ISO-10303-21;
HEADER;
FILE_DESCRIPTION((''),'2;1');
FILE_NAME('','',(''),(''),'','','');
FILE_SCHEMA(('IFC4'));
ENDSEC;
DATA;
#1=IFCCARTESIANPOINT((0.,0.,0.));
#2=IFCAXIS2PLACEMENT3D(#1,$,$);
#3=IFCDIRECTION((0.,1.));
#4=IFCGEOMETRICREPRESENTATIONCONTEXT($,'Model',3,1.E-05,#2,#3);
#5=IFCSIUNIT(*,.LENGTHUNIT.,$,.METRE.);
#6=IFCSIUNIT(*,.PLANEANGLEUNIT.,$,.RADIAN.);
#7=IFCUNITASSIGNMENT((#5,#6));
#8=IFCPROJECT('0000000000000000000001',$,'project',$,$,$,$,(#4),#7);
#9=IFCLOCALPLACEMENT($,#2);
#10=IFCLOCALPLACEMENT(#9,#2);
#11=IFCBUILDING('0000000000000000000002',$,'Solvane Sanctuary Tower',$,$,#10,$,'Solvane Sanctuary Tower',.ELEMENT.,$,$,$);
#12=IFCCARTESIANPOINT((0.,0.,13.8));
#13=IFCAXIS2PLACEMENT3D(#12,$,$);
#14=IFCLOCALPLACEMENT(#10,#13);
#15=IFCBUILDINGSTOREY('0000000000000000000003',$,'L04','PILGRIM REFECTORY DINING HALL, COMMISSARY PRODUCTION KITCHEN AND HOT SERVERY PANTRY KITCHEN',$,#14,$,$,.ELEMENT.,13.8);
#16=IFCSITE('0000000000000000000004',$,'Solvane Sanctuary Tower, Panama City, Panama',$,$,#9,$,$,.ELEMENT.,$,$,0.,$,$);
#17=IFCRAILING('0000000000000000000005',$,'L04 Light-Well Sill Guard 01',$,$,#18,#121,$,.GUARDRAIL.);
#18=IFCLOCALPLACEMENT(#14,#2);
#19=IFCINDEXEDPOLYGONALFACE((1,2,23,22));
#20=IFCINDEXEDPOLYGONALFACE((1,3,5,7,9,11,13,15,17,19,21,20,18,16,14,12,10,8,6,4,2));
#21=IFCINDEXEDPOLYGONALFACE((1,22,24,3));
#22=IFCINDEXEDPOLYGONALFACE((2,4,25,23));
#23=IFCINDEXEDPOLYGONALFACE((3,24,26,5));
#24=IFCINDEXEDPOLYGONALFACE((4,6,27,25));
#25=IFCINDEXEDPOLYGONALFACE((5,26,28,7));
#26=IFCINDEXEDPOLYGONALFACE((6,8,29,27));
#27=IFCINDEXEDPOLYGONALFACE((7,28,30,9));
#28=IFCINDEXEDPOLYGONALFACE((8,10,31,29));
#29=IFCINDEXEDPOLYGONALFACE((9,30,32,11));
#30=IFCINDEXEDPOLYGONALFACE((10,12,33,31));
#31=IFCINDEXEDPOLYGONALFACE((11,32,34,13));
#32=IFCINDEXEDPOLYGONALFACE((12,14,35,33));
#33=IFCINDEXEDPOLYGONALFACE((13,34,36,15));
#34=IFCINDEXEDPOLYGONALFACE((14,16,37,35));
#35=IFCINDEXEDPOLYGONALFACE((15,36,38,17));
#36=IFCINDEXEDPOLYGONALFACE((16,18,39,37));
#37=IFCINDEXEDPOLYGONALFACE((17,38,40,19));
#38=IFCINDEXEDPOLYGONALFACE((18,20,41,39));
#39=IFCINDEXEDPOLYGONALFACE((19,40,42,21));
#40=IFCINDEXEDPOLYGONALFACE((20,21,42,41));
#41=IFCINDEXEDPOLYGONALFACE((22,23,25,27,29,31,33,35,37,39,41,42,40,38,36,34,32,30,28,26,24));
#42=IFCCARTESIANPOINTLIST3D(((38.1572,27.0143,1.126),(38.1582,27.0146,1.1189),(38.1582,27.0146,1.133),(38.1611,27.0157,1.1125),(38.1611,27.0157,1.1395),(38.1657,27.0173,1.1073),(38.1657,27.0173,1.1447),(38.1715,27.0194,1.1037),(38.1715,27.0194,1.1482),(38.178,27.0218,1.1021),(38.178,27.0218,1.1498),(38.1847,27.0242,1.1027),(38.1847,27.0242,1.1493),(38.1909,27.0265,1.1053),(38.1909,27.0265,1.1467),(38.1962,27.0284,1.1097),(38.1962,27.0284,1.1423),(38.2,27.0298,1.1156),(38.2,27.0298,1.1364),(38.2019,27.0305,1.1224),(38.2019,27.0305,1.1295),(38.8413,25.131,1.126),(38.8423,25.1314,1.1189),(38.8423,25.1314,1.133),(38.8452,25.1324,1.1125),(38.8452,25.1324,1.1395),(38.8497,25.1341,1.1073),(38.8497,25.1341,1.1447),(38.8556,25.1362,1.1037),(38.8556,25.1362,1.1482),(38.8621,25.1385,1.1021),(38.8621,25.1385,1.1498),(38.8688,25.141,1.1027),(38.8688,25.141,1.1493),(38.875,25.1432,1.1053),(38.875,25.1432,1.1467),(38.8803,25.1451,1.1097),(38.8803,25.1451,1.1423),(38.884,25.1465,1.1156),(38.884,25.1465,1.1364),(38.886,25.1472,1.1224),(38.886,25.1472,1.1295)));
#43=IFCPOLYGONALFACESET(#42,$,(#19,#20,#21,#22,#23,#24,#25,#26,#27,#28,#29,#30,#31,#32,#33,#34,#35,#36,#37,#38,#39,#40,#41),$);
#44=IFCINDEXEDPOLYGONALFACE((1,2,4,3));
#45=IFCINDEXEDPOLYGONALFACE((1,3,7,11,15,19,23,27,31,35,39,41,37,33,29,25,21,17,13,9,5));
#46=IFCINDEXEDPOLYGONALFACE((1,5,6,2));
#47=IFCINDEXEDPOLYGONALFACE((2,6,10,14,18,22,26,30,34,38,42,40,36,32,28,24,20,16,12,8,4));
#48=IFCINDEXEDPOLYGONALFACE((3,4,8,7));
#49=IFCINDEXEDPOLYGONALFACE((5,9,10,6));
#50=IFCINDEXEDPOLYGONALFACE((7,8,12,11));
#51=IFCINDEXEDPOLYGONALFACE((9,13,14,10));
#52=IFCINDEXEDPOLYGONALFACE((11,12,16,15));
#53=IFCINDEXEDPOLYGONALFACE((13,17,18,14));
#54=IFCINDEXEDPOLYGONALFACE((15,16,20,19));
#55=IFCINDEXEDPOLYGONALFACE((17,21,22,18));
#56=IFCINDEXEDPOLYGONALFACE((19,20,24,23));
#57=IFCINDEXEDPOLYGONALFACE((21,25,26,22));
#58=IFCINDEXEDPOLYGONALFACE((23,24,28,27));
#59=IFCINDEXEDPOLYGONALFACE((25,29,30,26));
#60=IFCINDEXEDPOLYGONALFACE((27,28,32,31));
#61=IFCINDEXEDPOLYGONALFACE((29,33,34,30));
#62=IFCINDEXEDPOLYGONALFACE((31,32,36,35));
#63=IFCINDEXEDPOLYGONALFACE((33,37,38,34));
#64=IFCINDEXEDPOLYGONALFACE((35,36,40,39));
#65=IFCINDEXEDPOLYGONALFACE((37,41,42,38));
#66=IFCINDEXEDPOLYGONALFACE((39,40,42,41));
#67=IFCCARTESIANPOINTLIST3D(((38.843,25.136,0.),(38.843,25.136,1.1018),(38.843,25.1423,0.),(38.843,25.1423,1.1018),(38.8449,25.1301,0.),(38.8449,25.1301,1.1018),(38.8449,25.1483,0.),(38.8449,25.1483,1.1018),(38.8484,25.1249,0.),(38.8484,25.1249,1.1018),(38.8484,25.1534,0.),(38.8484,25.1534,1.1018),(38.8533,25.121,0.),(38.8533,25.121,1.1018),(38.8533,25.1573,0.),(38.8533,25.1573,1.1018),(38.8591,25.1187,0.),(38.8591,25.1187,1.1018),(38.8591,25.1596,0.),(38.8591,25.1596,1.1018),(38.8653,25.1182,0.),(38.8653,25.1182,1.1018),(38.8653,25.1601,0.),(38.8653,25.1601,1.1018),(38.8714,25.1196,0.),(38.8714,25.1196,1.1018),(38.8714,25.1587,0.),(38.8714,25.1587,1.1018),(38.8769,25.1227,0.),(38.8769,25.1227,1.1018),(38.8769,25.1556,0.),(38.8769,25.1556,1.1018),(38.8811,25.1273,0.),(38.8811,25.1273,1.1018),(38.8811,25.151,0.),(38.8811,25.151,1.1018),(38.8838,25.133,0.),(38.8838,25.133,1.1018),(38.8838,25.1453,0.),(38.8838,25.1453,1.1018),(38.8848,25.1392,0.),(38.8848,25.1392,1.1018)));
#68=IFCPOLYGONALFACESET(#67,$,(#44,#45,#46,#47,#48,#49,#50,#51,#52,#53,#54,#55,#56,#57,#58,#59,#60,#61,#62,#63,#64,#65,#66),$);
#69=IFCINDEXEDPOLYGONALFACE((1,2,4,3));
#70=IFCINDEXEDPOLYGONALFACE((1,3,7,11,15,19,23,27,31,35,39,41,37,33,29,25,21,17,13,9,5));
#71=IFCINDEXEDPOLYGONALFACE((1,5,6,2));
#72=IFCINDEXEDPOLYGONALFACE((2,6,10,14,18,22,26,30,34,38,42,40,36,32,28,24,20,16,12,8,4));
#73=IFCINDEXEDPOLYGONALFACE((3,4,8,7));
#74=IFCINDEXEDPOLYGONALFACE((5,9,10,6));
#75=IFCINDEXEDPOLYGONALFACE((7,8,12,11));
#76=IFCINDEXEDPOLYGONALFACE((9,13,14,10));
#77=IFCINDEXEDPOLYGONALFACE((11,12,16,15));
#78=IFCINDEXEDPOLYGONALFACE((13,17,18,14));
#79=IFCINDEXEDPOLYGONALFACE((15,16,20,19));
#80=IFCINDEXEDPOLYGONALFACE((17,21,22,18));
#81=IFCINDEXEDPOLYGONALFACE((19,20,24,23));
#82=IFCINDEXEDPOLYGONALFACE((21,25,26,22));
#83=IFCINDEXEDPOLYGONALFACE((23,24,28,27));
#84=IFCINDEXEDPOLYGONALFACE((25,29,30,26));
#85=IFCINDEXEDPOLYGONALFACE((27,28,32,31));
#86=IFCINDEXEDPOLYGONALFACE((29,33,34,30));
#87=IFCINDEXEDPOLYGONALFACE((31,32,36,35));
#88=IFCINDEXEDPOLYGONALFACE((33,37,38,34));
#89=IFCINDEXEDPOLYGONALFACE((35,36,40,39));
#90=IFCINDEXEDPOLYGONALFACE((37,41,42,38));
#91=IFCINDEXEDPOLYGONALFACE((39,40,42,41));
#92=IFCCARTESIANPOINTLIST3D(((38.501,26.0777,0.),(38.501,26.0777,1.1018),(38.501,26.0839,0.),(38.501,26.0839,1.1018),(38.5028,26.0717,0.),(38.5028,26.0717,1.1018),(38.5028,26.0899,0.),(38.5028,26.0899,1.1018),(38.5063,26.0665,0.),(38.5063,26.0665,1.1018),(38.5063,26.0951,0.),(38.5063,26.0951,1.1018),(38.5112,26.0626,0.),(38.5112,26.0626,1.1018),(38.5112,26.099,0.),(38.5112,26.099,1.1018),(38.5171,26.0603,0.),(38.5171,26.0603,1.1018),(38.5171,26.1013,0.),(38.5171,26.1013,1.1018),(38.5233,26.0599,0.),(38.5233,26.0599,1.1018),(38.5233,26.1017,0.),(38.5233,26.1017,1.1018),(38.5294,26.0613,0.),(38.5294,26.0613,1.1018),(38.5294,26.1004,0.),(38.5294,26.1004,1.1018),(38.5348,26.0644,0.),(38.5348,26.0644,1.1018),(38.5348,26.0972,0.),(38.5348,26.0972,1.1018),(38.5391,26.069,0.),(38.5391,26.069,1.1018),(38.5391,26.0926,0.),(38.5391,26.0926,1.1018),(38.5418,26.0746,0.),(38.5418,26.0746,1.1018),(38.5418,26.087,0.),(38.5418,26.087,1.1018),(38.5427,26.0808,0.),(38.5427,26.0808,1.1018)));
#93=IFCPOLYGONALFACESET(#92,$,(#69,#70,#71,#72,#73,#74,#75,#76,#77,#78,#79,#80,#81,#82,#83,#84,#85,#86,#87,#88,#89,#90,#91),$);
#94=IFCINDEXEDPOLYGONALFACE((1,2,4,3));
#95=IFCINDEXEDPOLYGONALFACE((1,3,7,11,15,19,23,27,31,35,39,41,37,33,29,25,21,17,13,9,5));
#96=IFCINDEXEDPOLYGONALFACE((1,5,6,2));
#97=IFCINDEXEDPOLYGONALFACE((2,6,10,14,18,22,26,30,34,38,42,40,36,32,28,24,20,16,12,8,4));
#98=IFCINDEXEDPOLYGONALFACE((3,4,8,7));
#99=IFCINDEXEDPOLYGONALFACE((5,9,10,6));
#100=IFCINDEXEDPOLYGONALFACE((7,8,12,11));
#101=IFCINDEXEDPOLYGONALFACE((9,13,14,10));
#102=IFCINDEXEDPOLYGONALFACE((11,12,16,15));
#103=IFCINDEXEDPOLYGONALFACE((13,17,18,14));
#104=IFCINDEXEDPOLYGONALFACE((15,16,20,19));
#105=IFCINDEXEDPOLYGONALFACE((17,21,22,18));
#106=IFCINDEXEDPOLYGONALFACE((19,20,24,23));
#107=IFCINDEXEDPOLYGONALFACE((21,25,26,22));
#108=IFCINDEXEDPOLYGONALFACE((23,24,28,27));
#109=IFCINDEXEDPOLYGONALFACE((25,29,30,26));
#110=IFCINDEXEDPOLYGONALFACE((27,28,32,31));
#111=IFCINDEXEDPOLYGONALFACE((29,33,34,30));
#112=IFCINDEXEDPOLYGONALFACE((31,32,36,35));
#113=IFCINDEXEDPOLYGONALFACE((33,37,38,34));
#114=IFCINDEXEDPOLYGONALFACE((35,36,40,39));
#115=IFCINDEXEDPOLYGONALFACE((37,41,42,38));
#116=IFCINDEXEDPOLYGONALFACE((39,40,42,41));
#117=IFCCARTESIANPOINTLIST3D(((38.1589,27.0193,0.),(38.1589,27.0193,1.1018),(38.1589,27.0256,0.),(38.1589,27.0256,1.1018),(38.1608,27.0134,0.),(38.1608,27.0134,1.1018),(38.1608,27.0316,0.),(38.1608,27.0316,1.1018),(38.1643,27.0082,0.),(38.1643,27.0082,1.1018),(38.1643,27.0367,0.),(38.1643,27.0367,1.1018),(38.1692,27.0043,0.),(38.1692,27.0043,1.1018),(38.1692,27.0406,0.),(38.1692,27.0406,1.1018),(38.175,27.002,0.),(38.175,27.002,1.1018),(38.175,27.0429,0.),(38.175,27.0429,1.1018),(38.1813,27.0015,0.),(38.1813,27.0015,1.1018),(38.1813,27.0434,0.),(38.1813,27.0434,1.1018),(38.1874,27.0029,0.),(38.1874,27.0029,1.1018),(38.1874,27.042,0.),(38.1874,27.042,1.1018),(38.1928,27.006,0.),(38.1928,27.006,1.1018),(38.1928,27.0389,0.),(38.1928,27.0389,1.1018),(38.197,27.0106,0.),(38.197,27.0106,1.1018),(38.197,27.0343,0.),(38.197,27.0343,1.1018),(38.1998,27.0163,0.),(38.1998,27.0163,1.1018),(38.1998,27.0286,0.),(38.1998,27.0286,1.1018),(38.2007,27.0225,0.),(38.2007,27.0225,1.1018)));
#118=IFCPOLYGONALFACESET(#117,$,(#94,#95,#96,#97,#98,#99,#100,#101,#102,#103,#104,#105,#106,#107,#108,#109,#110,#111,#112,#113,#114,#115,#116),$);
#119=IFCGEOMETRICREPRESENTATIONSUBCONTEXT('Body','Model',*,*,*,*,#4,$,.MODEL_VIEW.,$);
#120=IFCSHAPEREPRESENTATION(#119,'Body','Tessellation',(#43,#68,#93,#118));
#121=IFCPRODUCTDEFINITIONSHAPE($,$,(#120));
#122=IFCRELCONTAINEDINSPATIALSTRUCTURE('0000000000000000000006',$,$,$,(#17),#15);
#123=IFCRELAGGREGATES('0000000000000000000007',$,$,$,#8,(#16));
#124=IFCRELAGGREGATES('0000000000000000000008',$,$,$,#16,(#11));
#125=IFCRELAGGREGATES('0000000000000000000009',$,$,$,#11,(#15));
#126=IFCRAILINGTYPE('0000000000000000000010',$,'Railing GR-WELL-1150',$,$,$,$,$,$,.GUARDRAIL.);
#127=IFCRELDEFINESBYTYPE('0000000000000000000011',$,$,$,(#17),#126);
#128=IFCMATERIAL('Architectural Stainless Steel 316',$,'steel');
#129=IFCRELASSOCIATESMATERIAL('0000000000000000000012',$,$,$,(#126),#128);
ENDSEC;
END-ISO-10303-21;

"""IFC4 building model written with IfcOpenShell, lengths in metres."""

from ifc_helpers import new_model, si_unit, direction, frame, origin, origin_2d, place, context, subcontext, project, spatial, circle, extrude, material, type_object, element, save


model = new_model("IFC4")

# Units and contexts
model_context = context("Model", 3, precision=1e-05, world=origin(), true_north=direction((0.0, 1.0)))
body_context = subcontext(model_context, "Body", "Model", "MODEL_VIEW")
ifc_project = project(units=[si_unit("LENGTHUNIT", "METRE"), si_unit("PLANEANGLEUNIT", "RADIAN")], contexts=[model_context])

# Site, building, storey
site_placement = place(None, origin())
site = spatial("IfcSite", under=ifc_project, at=site_placement, Name="Solvane Sanctuary Tower, Panama City, Panama", CompositionType="ELEMENT", RefElevation=0.0)
building_placement = place(site_placement, origin())
building = spatial("IfcBuilding", under=site, at=building_placement, Name="Solvane Sanctuary Tower", LongName="Solvane Sanctuary Tower", CompositionType="ELEMENT")
storey_placement = place(building_placement, frame((0.0, 0.0, 13.8)))
storey = spatial("IfcBuildingStorey", under=building, at=storey_placement, Name="L04", Description="PILGRIM REFECTORY DINING HALL, COMMISSARY PRODUCTION KITCHEN AND HOT SERVERY PANTRY KITCHEN", CompositionType="ELEMENT", Elevation=13.8)

# Shared definitions
ifc_material_1 = material(Name="Architectural Stainless Steel 316", Category="steel")

# Railing
railing_type = type_object("IfcRailingType", Name="Railing GR-WELL-1150", PredefinedType="GUARDRAIL", material=ifc_material_1)
railing_1_placement = place(storey_placement, frame((38.8638, 25.1392, 0.0)))
element("IfcRailing", 1, at=railing_1_placement, inside=storey, type_object=railing_type, Name="L04 Light-Well Sill Guard 01", PredefinedType="GUARDRAIL", context=body_context, shape_type="SweptSolid", body=[
    extrude(circle(Radius=0.0239, at=origin_2d()), frame((0.0, 0.0, 1.126), z_axis=(-0.34141, 0.939914, 0.0), x_axis=(-0.939914, -0.34141, 0.0)), (0.0, 0.0, 1.0), 2.0037),
    extrude(circle(Radius=0.021, at=origin_2d()), origin(), (0.0, 0.0, 1.0), 1.1018),
    extrude(circle(Radius=0.021, at=origin_2d()), frame((-0.342, 0.9417, 0.0)), (0.0, 0.0, 1.0), 1.1018),
    extrude(circle(Radius=0.021, at=origin_2d()), frame((-0.6841, 1.8833, 0.0)), (0.0, 0.0, 1.0), 1.1018),
])

save(model, "model.ifc")
